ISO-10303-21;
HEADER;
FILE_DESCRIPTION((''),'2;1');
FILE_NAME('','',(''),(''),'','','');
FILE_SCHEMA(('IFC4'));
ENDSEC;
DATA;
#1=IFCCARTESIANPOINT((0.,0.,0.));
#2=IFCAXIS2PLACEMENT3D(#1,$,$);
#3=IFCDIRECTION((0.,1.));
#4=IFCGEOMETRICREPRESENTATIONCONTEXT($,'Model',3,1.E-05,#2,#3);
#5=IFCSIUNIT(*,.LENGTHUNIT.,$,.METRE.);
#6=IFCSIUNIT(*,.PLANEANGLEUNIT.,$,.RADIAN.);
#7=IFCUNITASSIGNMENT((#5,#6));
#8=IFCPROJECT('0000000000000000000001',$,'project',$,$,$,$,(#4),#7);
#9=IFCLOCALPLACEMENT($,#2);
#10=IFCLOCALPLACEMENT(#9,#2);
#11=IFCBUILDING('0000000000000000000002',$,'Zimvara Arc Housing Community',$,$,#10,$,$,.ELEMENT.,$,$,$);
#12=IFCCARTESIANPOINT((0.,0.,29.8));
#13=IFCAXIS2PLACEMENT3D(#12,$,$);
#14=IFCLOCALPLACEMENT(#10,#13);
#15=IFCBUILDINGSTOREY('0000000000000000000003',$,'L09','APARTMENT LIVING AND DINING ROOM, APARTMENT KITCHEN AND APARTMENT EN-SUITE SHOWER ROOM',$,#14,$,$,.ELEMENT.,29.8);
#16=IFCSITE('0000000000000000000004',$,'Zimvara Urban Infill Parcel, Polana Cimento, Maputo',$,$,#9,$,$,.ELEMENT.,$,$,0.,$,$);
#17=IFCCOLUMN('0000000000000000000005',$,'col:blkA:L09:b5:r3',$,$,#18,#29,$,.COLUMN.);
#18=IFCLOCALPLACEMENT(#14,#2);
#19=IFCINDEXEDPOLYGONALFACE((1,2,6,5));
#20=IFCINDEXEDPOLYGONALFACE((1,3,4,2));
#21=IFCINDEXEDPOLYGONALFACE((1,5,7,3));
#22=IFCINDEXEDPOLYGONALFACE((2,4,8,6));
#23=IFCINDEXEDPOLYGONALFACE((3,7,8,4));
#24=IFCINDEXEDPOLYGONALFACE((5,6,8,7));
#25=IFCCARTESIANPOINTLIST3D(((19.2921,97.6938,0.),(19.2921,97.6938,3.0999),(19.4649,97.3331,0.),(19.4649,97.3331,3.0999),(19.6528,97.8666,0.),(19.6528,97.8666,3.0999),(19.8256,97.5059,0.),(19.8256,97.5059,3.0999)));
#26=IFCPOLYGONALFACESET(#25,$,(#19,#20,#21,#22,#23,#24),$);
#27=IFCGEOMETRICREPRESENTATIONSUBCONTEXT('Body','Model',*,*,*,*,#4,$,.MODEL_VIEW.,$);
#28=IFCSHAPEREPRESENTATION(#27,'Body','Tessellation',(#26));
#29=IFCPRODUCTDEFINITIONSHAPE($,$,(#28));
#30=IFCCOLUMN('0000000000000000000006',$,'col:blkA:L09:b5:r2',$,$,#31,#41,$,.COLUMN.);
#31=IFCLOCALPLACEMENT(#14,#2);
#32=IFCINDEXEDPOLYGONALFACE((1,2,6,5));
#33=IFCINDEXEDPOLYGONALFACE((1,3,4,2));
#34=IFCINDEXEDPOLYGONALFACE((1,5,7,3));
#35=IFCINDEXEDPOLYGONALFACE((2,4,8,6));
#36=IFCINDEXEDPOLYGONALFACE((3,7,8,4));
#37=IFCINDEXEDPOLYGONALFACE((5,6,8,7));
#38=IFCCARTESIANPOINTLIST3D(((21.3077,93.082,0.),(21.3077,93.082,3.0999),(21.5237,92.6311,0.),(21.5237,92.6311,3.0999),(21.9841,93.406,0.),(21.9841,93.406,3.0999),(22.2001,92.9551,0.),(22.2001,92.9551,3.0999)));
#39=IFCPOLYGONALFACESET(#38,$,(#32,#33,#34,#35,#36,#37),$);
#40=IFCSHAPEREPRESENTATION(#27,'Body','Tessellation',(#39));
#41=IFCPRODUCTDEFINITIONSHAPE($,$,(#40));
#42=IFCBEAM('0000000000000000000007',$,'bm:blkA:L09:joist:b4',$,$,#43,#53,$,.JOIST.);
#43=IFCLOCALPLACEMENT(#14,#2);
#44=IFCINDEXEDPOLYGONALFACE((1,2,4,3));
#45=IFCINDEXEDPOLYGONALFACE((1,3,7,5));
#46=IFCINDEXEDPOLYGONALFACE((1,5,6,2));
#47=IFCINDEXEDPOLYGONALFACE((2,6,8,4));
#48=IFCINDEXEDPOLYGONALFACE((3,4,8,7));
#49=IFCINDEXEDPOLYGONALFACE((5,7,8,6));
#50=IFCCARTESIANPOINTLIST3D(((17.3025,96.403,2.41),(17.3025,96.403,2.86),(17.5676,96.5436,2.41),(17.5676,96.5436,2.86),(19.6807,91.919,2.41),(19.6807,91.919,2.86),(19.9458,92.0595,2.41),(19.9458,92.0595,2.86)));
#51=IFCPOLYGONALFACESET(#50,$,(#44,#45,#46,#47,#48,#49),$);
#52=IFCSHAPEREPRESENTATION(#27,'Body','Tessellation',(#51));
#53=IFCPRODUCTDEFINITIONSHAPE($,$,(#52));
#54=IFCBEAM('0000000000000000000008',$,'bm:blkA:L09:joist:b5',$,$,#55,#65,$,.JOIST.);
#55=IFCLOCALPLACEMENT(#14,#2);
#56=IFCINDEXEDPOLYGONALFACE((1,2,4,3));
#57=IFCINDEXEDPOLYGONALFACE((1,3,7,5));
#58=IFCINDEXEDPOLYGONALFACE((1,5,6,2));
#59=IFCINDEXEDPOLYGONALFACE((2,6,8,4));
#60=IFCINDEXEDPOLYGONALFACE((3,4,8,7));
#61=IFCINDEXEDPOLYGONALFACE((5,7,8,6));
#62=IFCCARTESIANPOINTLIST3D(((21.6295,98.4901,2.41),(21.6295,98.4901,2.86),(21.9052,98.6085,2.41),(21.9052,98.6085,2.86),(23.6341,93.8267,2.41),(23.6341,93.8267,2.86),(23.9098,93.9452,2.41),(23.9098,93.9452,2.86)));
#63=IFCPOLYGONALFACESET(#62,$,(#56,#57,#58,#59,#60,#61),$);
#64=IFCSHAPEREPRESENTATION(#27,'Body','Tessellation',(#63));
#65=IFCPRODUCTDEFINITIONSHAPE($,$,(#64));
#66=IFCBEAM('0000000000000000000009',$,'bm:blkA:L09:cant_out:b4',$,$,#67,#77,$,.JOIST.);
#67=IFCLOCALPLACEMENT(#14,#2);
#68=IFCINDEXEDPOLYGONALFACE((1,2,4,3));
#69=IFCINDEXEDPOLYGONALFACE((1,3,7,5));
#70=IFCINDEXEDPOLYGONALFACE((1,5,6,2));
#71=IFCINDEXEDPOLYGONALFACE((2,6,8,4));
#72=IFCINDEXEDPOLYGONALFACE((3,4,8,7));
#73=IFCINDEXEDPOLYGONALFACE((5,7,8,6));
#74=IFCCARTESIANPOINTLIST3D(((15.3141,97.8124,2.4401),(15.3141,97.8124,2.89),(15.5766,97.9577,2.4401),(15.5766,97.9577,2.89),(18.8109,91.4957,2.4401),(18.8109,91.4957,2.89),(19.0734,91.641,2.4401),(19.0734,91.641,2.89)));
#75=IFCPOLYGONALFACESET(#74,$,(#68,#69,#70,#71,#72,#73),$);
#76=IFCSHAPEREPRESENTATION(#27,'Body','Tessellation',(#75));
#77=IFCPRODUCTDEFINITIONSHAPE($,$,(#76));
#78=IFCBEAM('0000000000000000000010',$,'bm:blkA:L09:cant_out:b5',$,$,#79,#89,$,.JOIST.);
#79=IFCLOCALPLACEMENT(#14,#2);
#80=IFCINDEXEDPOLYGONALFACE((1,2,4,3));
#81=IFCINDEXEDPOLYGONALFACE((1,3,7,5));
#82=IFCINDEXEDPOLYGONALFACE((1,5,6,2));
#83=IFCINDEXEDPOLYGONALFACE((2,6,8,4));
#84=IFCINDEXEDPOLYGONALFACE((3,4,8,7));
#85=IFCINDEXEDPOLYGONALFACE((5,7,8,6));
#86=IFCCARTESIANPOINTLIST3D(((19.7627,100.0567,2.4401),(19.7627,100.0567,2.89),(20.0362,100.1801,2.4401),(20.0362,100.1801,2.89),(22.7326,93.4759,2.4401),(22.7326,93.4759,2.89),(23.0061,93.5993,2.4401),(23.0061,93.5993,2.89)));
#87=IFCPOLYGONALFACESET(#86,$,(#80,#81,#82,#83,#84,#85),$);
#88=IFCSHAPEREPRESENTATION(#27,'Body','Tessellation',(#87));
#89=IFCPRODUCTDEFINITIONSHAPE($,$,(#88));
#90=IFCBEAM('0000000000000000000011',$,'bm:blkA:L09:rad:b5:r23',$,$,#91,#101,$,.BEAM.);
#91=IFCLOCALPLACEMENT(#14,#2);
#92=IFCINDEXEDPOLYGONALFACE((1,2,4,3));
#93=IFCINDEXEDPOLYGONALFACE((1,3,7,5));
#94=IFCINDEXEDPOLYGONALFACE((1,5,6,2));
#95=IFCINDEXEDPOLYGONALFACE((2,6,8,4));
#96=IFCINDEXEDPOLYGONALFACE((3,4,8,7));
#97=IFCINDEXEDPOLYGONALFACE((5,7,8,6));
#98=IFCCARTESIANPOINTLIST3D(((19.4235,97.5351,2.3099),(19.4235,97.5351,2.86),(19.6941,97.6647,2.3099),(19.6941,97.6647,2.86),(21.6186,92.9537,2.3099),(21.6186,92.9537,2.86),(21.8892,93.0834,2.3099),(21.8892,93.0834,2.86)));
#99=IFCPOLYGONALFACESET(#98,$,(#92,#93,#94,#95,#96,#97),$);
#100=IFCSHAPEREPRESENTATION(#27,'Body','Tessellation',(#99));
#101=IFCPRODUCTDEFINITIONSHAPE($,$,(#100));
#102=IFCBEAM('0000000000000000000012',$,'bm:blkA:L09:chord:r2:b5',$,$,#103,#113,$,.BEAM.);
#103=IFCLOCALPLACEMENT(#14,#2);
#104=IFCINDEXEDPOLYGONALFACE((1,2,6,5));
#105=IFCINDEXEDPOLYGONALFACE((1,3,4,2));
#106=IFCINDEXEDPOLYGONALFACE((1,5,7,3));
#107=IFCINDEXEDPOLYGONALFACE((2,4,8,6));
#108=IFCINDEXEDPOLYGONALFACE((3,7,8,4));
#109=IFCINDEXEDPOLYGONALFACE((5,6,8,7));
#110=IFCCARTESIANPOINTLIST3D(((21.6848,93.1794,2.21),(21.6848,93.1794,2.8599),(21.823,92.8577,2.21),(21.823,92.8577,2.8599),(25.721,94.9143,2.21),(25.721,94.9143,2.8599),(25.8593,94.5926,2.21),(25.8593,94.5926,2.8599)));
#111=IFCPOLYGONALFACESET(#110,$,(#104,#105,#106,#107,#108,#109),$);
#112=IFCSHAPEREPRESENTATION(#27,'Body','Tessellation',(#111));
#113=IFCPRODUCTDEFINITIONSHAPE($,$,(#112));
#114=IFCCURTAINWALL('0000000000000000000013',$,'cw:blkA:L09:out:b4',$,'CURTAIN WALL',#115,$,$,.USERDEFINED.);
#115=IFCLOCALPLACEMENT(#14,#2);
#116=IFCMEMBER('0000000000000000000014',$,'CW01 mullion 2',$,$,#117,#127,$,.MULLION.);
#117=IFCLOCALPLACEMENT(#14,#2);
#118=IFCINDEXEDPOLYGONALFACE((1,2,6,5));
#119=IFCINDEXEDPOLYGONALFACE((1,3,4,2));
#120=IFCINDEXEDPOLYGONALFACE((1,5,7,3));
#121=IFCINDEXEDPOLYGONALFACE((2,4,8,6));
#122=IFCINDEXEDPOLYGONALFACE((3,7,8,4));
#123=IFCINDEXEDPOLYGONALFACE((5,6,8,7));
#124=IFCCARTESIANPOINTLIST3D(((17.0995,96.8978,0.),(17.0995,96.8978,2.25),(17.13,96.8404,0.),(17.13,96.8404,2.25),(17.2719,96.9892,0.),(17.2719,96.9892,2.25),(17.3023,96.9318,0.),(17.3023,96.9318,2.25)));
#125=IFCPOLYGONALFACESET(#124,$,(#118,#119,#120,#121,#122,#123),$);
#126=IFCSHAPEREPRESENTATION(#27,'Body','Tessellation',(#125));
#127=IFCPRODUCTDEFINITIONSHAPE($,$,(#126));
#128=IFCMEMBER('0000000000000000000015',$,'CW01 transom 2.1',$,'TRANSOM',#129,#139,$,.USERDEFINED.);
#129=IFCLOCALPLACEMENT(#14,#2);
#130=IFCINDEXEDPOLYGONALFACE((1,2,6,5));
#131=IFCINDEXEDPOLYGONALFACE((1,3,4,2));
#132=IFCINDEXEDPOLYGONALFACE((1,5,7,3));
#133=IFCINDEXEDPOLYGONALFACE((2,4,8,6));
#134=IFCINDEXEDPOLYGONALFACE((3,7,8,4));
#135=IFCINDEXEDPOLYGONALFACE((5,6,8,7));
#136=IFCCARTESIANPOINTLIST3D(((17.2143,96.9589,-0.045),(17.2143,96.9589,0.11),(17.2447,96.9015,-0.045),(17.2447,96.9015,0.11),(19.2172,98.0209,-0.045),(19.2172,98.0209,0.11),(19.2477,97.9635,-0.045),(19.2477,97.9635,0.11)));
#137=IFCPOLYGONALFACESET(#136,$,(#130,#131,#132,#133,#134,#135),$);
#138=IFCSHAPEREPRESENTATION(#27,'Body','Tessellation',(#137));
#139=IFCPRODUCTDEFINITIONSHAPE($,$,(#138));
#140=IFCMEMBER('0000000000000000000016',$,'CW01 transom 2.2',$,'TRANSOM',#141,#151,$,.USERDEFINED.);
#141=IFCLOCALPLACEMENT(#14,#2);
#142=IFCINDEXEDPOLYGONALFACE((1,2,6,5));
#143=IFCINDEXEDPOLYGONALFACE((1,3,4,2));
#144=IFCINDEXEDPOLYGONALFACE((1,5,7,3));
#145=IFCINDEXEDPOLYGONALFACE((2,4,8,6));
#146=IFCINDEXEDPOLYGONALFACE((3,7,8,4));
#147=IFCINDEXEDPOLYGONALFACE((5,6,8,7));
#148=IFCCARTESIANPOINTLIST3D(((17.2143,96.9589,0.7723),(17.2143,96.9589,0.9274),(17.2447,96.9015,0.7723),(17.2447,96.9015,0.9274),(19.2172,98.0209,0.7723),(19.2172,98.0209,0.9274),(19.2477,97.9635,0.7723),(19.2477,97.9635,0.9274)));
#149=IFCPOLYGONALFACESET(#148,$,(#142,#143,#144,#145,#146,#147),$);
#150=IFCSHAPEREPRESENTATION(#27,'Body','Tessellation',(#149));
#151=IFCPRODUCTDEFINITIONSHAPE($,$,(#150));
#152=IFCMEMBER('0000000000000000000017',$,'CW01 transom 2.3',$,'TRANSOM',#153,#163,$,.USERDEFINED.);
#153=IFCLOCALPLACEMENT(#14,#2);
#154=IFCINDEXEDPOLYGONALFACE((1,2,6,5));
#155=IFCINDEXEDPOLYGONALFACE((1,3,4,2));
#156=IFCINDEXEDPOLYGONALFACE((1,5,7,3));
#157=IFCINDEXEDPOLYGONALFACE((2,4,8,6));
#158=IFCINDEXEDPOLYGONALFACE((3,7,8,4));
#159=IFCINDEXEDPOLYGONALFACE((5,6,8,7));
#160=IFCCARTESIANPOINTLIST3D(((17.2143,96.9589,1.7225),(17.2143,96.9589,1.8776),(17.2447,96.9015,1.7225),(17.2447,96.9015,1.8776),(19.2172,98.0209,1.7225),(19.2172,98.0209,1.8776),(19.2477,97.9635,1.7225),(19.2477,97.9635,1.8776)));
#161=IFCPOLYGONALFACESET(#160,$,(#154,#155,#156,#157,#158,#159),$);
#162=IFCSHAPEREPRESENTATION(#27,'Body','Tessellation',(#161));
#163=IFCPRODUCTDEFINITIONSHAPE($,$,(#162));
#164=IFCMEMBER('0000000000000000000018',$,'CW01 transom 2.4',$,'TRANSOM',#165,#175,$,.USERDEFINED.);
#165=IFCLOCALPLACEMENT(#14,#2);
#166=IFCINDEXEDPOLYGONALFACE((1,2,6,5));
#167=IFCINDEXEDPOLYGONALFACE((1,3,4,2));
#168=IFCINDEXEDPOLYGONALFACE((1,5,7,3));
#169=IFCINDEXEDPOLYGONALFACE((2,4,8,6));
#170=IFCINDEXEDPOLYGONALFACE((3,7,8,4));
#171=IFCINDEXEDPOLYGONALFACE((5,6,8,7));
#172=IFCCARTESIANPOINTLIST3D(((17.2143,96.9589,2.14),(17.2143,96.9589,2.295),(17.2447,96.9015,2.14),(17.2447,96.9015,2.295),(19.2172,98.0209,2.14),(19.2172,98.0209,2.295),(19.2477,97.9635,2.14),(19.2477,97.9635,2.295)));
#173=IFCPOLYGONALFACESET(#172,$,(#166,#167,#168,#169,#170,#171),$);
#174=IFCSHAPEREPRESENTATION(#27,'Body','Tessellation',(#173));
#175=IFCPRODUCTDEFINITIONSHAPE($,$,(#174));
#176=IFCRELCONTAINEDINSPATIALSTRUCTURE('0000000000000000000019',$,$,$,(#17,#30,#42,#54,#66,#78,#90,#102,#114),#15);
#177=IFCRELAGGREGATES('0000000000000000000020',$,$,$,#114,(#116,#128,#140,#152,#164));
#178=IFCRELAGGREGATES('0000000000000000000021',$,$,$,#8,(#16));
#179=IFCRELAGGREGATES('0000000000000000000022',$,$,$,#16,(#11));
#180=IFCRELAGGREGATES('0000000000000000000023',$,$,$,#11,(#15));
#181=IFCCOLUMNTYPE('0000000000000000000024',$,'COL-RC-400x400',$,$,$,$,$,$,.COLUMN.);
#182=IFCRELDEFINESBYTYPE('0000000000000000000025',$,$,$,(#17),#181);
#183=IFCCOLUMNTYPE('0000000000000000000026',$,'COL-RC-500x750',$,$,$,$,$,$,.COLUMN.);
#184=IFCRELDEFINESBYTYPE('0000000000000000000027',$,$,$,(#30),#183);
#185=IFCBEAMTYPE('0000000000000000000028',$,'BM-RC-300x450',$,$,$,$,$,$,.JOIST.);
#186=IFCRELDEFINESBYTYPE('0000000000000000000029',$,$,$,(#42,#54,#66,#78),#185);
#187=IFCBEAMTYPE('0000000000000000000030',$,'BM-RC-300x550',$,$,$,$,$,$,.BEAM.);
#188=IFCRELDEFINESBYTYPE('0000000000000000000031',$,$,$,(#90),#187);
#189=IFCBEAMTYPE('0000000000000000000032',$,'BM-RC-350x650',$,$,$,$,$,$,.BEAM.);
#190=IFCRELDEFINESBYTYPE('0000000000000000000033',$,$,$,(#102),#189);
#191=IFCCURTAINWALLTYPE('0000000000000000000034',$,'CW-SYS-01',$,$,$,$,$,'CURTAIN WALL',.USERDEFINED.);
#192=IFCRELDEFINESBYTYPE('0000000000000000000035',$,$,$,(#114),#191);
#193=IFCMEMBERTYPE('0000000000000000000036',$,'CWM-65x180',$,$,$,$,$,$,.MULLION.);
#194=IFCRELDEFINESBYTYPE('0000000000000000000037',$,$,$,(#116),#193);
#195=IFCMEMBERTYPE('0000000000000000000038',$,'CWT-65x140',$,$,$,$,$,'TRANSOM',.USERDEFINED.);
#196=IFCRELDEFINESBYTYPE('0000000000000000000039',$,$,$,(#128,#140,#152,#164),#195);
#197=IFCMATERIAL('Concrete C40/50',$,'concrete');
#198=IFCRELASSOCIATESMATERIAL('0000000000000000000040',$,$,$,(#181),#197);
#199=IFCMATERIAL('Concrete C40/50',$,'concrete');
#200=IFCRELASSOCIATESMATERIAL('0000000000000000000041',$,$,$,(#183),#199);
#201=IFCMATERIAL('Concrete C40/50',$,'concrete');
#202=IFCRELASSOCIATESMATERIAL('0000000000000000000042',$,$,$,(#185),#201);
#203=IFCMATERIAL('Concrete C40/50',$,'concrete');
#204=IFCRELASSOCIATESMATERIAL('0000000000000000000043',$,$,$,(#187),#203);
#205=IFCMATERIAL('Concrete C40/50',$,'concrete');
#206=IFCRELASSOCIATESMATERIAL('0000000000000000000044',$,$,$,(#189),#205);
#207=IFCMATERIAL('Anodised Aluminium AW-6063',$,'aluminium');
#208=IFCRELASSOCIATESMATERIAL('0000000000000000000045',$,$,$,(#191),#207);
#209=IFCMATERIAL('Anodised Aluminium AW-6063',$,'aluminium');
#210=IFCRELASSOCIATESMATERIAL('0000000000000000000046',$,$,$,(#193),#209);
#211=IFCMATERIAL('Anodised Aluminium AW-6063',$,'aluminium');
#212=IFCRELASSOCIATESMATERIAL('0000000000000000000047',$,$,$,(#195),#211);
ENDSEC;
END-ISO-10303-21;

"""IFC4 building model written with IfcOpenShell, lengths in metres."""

from ifc_helpers import new_model, si_unit, direction, frame, origin, origin_2d, place, context, subcontext, project, spatial, rectangle, extrude, material, material_profile, profile_set, type_object, element, aggregate, save


model = new_model("IFC4")

# Units and contexts
model_context = context("Model", 3, precision=1e-05, world=origin(), true_north=direction((0.0, 1.0)))
body_context = subcontext(model_context, "Body", "Model", "MODEL_VIEW")
ifc_project = project(units=[si_unit("LENGTHUNIT", "METRE"), si_unit("PLANEANGLEUNIT", "RADIAN")], contexts=[model_context])

# Site, building, storey
site_placement = place(None, origin())
site = spatial("IfcSite", under=ifc_project, at=site_placement, Name="Zimvara Urban Infill Parcel, Polana Cimento, Maputo", CompositionType="ELEMENT", RefElevation=0.0)
building_placement = place(site_placement, origin())
building = spatial("IfcBuilding", under=site, at=building_placement, Name="Zimvara Arc Housing Community", CompositionType="ELEMENT")
storey_placement = place(building_placement, frame((0.0, 0.0, 29.8)))
storey = spatial("IfcBuildingStorey", under=building, at=storey_placement, Name="L09", Description="APARTMENT LIVING AND DINING ROOM, APARTMENT KITCHEN AND APARTMENT EN-SUITE SHOWER ROOM", CompositionType="ELEMENT", Elevation=29.8)

# Columns
ifc_material_1 = material(Name="Concrete C40/50", Category="concrete")
ifc_material_profile_1 = material_profile(ifc_material_1, rectangle(XDim=0.3999, YDim=0.3999, at=origin_2d()), Name="RC 400x400")
ifc_profile_set_1 = profile_set([ifc_material_profile_1], Name="Concrete C40/50")
column_type_1 = type_object("IfcColumnType", Name="COL-RC-400x400", PredefinedType="COLUMN", material=ifc_profile_set_1)
column_1_placement = place(storey_placement, frame((19.5588, 97.5999, 0.0), z_axis=(0.0, 0.0, 1.0), x_axis=(-0.432086, 0.901833, 0.0)))
element("IfcColumn", 1, at=column_1_placement, inside=storey, type_object=column_type_1, Name="col:blkA:L09:b5:r3", PredefinedType="COLUMN", context=body_context, shape_type="SweptSolid", body=[
    extrude(rectangle(XDim=0.3999, YDim=0.3999, at=origin_2d()), origin(), (0.0, 0.0, 1.0), 3.0999),
])
ifc_material_2 = material(Name="Concrete C40/50", Category="concrete")
ifc_material_profile_2 = material_profile(ifc_material_2, rectangle(XDim=0.5, YDim=0.75, at=origin_2d()), Name="RC 500x750")
ifc_profile_set_2 = profile_set([ifc_material_profile_2], Name="Concrete C40/50")
column_type_2 = type_object("IfcColumnType", Name="COL-RC-500x750", PredefinedType="COLUMN", material=ifc_profile_set_2)
column_2_placement = place(storey_placement, frame((21.7539, 93.0186, 0.0), z_axis=(0.0, 0.0, 1.0), x_axis=(-0.432086, 0.901833, 0.0)))
element("IfcColumn", 2, at=column_2_placement, inside=storey, type_object=column_type_2, Name="col:blkA:L09:b5:r2", PredefinedType="COLUMN", context=body_context, shape_type="SweptSolid", body=[
    extrude(rectangle(XDim=0.5, YDim=0.75, at=origin_2d()), origin(), (0.0, 0.0, 1.0), 3.0999),
])

# Beams
ifc_material_3 = material(Name="Concrete C40/50", Category="concrete")
ifc_material_profile_3 = material_profile(ifc_material_3, rectangle(XDim=0.3, YDim=0.45, at=origin_2d()), Name="RC 300x450")
ifc_profile_set_3 = profile_set([ifc_material_profile_3], Name="Concrete C40/50")
beam_type_1 = type_object("IfcBeamType", Name="BM-RC-300x450", PredefinedType="JOIST", material=ifc_profile_set_3)
beam_1_placement = place(storey_placement, frame((19.8132, 91.9893, 2.635), z_axis=(-0.468537, 0.883444, 0.0), x_axis=(-0.883444, -0.468537, 0.0)))
element("IfcBeam", 3, at=beam_1_placement, inside=storey, type_object=beam_type_1, Name="bm:blkA:L09:joist:b4", PredefinedType="JOIST", context=body_context, shape_type="SweptSolid", body=[
    extrude(rectangle(XDim=0.3, YDim=0.45, at=origin_2d()), origin(), (0.0, 0.0, 1.0), 5.0757),
])
beam_2_placement = place(storey_placement, frame((23.772, 93.886, 2.635), z_axis=(-0.394929, 0.918712, 0.0), x_axis=(-0.918712, -0.394929, 0.0)))
element("IfcBeam", 4, at=beam_2_placement, inside=storey, type_object=beam_type_1, Name="bm:blkA:L09:joist:b5", PredefinedType="JOIST", context=body_context, shape_type="SweptSolid", body=[
    extrude(rectangle(XDim=0.3, YDim=0.45, at=origin_2d()), origin(), (0.0, 0.0, 1.0), 5.0759),
])
for number, where, z_axis, x_axis, name in (
    (5, (18.9421, 91.5684, 2.665), (-0.484327, 0.874887, 0.0), (-0.874887, -0.484327, 0.0), "bm:blkA:L09:cant_out:b4"),
    (6, (22.8694, 93.5376, 2.665), (-0.411356, 0.911475, 0.0), (-0.911475, -0.411356, 0.0), "bm:blkA:L09:cant_out:b5"),
):
    element("IfcBeam", number, at=place(storey_placement, frame(where, z_axis=z_axis, x_axis=x_axis)), inside=storey, type_object=beam_type_1, Name=name, PredefinedType="JOIST", context=body_context, shape_type="SweptSolid", body=[
        extrude(rectangle(XDim=0.3, YDim=0.45, at=origin_2d()), origin(), (0.0, 0.0, 1.0), 7.22),
    ])
ifc_material_4 = material(Name="Concrete C40/50", Category="concrete")
ifc_material_profile_4 = material_profile(ifc_material_4, rectangle(XDim=0.3, YDim=0.55, at=origin_2d()), Name="RC 300x550")
ifc_profile_set_4 = profile_set([ifc_material_profile_4], Name="Concrete C40/50")
beam_type_2 = type_object("IfcBeamType", Name="BM-RC-300x550", PredefinedType="BEAM", material=ifc_profile_set_4)
beam_3_placement = place(storey_placement, frame((21.7539, 93.0186, 2.585), z_axis=(-0.432098, 0.901827, 0.0), x_axis=(-0.901827, -0.432098, 0.0)))
element("IfcBeam", 7, at=beam_3_placement, inside=storey, type_object=beam_type_2, Name="bm:blkA:L09:rad:b5:r23", PredefinedType="BEAM", context=body_context, shape_type="SweptSolid", body=[
    extrude(rectangle(XDim=0.3, YDim=0.55, at=origin_2d()), origin(), (0.0, 0.0, 1.0), 5.0801),
])
ifc_material_5 = material(Name="Concrete C40/50", Category="concrete")
ifc_material_profile_5 = material_profile(ifc_material_5, rectangle(XDim=0.3501, YDim=0.6499, at=origin_2d()), Name="RC 350x650")
ifc_profile_set_5 = profile_set([ifc_material_profile_5], Name="Concrete C40/50")
beam_type_3 = type_object("IfcBeamType", Name="BM-RC-350x650", PredefinedType="BEAM", material=ifc_profile_set_5)
beam_4_placement = place(storey_placement, frame((21.7539, 93.0186, 2.5349), z_axis=(0.918725, 0.394898, 0.0), x_axis=(-0.394898, 0.918725, 0.0)))
element("IfcBeam", 8, at=beam_4_placement, inside=storey, type_object=beam_type_3, Name="bm:blkA:L09:chord:r2:b5", PredefinedType="BEAM", context=body_context, shape_type="SweptSolid", body=[
    extrude(rectangle(XDim=0.3501, YDim=0.6499, at=origin_2d()), origin(), (0.0, 0.0, 1.0), 4.3933),
])

# Curtain wall, members
ifc_material_6 = material(Name="Anodised Aluminium AW-6063", Category="aluminium")
curtain_wall_type = type_object("IfcCurtainWallType", Name="CW-SYS-01", ElementType="CURTAIN WALL", PredefinedType="USERDEFINED", material=ifc_material_6)
curtain_wall_placement = place(storey_placement, origin())
curtain_wall = element("IfcCurtainWall", 9, at=curtain_wall_placement, inside=storey, type_object=curtain_wall_type, Name="cw:blkA:L09:out:b4", ObjectType="CURTAIN WALL", PredefinedType="USERDEFINED")
ifc_material_7 = material(Name="Anodised Aluminium AW-6063", Category="aluminium")
ifc_material_profile_6 = material_profile(ifc_material_7, rectangle(XDim=0.0649, YDim=0.1951, at=origin_2d()), Name="ALU 65x195")
ifc_profile_set_6 = profile_set([ifc_material_profile_6], Name="Anodised Aluminium AW-6063")
member_type_1 = type_object("IfcMemberType", Name="CWM-65x180", PredefinedType="MULLION", material=ifc_profile_set_6)
member_1_placement = place(storey_placement, frame((17.2009, 96.9148, 0.0), z_axis=(0.0, 0.0, 1.0), x_axis=(-0.468547, 0.883439, 0.0)))
member_1 = element("IfcMember", 10, at=member_1_placement, type_object=member_type_1, Name="CW01 mullion 2", PredefinedType="MULLION", context=body_context, shape_type="SweptSolid", body=[
    extrude(rectangle(XDim=0.0649, YDim=0.1951, at=origin_2d()), origin(), (0.0, 0.0, 1.0), 2.25),
])
ifc_material_8 = material(Name="Anodised Aluminium AW-6063", Category="aluminium")
ifc_material_profile_7 = material_profile(ifc_material_8, rectangle(XDim=0.0649, YDim=0.155, at=origin_2d()), Name="ALU 65x155")
ifc_profile_set_7 = profile_set([ifc_material_profile_7], Name="Anodised Aluminium AW-6063")
member_type_2 = type_object("IfcMemberType", Name="CWT-65x140", ElementType="TRANSOM", PredefinedType="USERDEFINED", material=ifc_profile_set_7)
member_2_placement = place(storey_placement, frame((17.2295, 96.9302, 0.0325), z_axis=(0.883489, 0.468452, 0.0), x_axis=(-0.468452, 0.883489, 0.0)))
member_2 = element("IfcMember", 11, at=member_2_placement, type_object=member_type_2, Name="CW01 transom 2.1", ObjectType="TRANSOM", PredefinedType="USERDEFINED", context=body_context, shape_type="SweptSolid", body=[
    extrude(rectangle(XDim=0.0649, YDim=0.155, at=origin_2d()), origin(), (0.0, 0.0, 1.0), 2.2671),
])
member_3_placement = place(storey_placement, frame((17.2295, 96.9302, 0.8499), z_axis=(0.883489, 0.468452, 0.0), x_axis=(-0.468452, 0.883489, 0.0)))
member_3 = element("IfcMember", 12, at=member_3_placement, type_object=member_type_2, Name="CW01 transom 2.2", ObjectType="TRANSOM", PredefinedType="USERDEFINED", context=body_context, shape_type="SweptSolid", body=[
    extrude(rectangle(XDim=0.0649, YDim=0.155, at=origin_2d()), origin(), (0.0, 0.0, 1.0), 2.2671),
])
member_4_placement = place(storey_placement, frame((17.2295, 96.9302, 1.8), z_axis=(0.883489, 0.468452, 0.0), x_axis=(-0.468452, 0.883489, 0.0)))
member_4 = element("IfcMember", 13, at=member_4_placement, type_object=member_type_2, Name="CW01 transom 2.3", ObjectType="TRANSOM", PredefinedType="USERDEFINED", context=body_context, shape_type="SweptSolid", body=[
    extrude(rectangle(XDim=0.0649, YDim=0.155, at=origin_2d()), origin(), (0.0, 0.0, 1.0), 2.2671),
])
member_5_placement = place(storey_placement, frame((17.2295, 96.9302, 2.2175), z_axis=(0.883489, 0.468452, 0.0), x_axis=(-0.468452, 0.883489, 0.0)))
member_5 = element("IfcMember", 14, at=member_5_placement, type_object=member_type_2, Name="CW01 transom 2.4", ObjectType="TRANSOM", PredefinedType="USERDEFINED", context=body_context, shape_type="SweptSolid", body=[
    extrude(rectangle(XDim=0.0649, YDim=0.155, at=origin_2d()), origin(), (0.0, 0.0, 1.0), 2.2671),
])
aggregate(curtain_wall, [member_1, member_2, member_3, member_4, member_5])

save(model, "model.ifc")
